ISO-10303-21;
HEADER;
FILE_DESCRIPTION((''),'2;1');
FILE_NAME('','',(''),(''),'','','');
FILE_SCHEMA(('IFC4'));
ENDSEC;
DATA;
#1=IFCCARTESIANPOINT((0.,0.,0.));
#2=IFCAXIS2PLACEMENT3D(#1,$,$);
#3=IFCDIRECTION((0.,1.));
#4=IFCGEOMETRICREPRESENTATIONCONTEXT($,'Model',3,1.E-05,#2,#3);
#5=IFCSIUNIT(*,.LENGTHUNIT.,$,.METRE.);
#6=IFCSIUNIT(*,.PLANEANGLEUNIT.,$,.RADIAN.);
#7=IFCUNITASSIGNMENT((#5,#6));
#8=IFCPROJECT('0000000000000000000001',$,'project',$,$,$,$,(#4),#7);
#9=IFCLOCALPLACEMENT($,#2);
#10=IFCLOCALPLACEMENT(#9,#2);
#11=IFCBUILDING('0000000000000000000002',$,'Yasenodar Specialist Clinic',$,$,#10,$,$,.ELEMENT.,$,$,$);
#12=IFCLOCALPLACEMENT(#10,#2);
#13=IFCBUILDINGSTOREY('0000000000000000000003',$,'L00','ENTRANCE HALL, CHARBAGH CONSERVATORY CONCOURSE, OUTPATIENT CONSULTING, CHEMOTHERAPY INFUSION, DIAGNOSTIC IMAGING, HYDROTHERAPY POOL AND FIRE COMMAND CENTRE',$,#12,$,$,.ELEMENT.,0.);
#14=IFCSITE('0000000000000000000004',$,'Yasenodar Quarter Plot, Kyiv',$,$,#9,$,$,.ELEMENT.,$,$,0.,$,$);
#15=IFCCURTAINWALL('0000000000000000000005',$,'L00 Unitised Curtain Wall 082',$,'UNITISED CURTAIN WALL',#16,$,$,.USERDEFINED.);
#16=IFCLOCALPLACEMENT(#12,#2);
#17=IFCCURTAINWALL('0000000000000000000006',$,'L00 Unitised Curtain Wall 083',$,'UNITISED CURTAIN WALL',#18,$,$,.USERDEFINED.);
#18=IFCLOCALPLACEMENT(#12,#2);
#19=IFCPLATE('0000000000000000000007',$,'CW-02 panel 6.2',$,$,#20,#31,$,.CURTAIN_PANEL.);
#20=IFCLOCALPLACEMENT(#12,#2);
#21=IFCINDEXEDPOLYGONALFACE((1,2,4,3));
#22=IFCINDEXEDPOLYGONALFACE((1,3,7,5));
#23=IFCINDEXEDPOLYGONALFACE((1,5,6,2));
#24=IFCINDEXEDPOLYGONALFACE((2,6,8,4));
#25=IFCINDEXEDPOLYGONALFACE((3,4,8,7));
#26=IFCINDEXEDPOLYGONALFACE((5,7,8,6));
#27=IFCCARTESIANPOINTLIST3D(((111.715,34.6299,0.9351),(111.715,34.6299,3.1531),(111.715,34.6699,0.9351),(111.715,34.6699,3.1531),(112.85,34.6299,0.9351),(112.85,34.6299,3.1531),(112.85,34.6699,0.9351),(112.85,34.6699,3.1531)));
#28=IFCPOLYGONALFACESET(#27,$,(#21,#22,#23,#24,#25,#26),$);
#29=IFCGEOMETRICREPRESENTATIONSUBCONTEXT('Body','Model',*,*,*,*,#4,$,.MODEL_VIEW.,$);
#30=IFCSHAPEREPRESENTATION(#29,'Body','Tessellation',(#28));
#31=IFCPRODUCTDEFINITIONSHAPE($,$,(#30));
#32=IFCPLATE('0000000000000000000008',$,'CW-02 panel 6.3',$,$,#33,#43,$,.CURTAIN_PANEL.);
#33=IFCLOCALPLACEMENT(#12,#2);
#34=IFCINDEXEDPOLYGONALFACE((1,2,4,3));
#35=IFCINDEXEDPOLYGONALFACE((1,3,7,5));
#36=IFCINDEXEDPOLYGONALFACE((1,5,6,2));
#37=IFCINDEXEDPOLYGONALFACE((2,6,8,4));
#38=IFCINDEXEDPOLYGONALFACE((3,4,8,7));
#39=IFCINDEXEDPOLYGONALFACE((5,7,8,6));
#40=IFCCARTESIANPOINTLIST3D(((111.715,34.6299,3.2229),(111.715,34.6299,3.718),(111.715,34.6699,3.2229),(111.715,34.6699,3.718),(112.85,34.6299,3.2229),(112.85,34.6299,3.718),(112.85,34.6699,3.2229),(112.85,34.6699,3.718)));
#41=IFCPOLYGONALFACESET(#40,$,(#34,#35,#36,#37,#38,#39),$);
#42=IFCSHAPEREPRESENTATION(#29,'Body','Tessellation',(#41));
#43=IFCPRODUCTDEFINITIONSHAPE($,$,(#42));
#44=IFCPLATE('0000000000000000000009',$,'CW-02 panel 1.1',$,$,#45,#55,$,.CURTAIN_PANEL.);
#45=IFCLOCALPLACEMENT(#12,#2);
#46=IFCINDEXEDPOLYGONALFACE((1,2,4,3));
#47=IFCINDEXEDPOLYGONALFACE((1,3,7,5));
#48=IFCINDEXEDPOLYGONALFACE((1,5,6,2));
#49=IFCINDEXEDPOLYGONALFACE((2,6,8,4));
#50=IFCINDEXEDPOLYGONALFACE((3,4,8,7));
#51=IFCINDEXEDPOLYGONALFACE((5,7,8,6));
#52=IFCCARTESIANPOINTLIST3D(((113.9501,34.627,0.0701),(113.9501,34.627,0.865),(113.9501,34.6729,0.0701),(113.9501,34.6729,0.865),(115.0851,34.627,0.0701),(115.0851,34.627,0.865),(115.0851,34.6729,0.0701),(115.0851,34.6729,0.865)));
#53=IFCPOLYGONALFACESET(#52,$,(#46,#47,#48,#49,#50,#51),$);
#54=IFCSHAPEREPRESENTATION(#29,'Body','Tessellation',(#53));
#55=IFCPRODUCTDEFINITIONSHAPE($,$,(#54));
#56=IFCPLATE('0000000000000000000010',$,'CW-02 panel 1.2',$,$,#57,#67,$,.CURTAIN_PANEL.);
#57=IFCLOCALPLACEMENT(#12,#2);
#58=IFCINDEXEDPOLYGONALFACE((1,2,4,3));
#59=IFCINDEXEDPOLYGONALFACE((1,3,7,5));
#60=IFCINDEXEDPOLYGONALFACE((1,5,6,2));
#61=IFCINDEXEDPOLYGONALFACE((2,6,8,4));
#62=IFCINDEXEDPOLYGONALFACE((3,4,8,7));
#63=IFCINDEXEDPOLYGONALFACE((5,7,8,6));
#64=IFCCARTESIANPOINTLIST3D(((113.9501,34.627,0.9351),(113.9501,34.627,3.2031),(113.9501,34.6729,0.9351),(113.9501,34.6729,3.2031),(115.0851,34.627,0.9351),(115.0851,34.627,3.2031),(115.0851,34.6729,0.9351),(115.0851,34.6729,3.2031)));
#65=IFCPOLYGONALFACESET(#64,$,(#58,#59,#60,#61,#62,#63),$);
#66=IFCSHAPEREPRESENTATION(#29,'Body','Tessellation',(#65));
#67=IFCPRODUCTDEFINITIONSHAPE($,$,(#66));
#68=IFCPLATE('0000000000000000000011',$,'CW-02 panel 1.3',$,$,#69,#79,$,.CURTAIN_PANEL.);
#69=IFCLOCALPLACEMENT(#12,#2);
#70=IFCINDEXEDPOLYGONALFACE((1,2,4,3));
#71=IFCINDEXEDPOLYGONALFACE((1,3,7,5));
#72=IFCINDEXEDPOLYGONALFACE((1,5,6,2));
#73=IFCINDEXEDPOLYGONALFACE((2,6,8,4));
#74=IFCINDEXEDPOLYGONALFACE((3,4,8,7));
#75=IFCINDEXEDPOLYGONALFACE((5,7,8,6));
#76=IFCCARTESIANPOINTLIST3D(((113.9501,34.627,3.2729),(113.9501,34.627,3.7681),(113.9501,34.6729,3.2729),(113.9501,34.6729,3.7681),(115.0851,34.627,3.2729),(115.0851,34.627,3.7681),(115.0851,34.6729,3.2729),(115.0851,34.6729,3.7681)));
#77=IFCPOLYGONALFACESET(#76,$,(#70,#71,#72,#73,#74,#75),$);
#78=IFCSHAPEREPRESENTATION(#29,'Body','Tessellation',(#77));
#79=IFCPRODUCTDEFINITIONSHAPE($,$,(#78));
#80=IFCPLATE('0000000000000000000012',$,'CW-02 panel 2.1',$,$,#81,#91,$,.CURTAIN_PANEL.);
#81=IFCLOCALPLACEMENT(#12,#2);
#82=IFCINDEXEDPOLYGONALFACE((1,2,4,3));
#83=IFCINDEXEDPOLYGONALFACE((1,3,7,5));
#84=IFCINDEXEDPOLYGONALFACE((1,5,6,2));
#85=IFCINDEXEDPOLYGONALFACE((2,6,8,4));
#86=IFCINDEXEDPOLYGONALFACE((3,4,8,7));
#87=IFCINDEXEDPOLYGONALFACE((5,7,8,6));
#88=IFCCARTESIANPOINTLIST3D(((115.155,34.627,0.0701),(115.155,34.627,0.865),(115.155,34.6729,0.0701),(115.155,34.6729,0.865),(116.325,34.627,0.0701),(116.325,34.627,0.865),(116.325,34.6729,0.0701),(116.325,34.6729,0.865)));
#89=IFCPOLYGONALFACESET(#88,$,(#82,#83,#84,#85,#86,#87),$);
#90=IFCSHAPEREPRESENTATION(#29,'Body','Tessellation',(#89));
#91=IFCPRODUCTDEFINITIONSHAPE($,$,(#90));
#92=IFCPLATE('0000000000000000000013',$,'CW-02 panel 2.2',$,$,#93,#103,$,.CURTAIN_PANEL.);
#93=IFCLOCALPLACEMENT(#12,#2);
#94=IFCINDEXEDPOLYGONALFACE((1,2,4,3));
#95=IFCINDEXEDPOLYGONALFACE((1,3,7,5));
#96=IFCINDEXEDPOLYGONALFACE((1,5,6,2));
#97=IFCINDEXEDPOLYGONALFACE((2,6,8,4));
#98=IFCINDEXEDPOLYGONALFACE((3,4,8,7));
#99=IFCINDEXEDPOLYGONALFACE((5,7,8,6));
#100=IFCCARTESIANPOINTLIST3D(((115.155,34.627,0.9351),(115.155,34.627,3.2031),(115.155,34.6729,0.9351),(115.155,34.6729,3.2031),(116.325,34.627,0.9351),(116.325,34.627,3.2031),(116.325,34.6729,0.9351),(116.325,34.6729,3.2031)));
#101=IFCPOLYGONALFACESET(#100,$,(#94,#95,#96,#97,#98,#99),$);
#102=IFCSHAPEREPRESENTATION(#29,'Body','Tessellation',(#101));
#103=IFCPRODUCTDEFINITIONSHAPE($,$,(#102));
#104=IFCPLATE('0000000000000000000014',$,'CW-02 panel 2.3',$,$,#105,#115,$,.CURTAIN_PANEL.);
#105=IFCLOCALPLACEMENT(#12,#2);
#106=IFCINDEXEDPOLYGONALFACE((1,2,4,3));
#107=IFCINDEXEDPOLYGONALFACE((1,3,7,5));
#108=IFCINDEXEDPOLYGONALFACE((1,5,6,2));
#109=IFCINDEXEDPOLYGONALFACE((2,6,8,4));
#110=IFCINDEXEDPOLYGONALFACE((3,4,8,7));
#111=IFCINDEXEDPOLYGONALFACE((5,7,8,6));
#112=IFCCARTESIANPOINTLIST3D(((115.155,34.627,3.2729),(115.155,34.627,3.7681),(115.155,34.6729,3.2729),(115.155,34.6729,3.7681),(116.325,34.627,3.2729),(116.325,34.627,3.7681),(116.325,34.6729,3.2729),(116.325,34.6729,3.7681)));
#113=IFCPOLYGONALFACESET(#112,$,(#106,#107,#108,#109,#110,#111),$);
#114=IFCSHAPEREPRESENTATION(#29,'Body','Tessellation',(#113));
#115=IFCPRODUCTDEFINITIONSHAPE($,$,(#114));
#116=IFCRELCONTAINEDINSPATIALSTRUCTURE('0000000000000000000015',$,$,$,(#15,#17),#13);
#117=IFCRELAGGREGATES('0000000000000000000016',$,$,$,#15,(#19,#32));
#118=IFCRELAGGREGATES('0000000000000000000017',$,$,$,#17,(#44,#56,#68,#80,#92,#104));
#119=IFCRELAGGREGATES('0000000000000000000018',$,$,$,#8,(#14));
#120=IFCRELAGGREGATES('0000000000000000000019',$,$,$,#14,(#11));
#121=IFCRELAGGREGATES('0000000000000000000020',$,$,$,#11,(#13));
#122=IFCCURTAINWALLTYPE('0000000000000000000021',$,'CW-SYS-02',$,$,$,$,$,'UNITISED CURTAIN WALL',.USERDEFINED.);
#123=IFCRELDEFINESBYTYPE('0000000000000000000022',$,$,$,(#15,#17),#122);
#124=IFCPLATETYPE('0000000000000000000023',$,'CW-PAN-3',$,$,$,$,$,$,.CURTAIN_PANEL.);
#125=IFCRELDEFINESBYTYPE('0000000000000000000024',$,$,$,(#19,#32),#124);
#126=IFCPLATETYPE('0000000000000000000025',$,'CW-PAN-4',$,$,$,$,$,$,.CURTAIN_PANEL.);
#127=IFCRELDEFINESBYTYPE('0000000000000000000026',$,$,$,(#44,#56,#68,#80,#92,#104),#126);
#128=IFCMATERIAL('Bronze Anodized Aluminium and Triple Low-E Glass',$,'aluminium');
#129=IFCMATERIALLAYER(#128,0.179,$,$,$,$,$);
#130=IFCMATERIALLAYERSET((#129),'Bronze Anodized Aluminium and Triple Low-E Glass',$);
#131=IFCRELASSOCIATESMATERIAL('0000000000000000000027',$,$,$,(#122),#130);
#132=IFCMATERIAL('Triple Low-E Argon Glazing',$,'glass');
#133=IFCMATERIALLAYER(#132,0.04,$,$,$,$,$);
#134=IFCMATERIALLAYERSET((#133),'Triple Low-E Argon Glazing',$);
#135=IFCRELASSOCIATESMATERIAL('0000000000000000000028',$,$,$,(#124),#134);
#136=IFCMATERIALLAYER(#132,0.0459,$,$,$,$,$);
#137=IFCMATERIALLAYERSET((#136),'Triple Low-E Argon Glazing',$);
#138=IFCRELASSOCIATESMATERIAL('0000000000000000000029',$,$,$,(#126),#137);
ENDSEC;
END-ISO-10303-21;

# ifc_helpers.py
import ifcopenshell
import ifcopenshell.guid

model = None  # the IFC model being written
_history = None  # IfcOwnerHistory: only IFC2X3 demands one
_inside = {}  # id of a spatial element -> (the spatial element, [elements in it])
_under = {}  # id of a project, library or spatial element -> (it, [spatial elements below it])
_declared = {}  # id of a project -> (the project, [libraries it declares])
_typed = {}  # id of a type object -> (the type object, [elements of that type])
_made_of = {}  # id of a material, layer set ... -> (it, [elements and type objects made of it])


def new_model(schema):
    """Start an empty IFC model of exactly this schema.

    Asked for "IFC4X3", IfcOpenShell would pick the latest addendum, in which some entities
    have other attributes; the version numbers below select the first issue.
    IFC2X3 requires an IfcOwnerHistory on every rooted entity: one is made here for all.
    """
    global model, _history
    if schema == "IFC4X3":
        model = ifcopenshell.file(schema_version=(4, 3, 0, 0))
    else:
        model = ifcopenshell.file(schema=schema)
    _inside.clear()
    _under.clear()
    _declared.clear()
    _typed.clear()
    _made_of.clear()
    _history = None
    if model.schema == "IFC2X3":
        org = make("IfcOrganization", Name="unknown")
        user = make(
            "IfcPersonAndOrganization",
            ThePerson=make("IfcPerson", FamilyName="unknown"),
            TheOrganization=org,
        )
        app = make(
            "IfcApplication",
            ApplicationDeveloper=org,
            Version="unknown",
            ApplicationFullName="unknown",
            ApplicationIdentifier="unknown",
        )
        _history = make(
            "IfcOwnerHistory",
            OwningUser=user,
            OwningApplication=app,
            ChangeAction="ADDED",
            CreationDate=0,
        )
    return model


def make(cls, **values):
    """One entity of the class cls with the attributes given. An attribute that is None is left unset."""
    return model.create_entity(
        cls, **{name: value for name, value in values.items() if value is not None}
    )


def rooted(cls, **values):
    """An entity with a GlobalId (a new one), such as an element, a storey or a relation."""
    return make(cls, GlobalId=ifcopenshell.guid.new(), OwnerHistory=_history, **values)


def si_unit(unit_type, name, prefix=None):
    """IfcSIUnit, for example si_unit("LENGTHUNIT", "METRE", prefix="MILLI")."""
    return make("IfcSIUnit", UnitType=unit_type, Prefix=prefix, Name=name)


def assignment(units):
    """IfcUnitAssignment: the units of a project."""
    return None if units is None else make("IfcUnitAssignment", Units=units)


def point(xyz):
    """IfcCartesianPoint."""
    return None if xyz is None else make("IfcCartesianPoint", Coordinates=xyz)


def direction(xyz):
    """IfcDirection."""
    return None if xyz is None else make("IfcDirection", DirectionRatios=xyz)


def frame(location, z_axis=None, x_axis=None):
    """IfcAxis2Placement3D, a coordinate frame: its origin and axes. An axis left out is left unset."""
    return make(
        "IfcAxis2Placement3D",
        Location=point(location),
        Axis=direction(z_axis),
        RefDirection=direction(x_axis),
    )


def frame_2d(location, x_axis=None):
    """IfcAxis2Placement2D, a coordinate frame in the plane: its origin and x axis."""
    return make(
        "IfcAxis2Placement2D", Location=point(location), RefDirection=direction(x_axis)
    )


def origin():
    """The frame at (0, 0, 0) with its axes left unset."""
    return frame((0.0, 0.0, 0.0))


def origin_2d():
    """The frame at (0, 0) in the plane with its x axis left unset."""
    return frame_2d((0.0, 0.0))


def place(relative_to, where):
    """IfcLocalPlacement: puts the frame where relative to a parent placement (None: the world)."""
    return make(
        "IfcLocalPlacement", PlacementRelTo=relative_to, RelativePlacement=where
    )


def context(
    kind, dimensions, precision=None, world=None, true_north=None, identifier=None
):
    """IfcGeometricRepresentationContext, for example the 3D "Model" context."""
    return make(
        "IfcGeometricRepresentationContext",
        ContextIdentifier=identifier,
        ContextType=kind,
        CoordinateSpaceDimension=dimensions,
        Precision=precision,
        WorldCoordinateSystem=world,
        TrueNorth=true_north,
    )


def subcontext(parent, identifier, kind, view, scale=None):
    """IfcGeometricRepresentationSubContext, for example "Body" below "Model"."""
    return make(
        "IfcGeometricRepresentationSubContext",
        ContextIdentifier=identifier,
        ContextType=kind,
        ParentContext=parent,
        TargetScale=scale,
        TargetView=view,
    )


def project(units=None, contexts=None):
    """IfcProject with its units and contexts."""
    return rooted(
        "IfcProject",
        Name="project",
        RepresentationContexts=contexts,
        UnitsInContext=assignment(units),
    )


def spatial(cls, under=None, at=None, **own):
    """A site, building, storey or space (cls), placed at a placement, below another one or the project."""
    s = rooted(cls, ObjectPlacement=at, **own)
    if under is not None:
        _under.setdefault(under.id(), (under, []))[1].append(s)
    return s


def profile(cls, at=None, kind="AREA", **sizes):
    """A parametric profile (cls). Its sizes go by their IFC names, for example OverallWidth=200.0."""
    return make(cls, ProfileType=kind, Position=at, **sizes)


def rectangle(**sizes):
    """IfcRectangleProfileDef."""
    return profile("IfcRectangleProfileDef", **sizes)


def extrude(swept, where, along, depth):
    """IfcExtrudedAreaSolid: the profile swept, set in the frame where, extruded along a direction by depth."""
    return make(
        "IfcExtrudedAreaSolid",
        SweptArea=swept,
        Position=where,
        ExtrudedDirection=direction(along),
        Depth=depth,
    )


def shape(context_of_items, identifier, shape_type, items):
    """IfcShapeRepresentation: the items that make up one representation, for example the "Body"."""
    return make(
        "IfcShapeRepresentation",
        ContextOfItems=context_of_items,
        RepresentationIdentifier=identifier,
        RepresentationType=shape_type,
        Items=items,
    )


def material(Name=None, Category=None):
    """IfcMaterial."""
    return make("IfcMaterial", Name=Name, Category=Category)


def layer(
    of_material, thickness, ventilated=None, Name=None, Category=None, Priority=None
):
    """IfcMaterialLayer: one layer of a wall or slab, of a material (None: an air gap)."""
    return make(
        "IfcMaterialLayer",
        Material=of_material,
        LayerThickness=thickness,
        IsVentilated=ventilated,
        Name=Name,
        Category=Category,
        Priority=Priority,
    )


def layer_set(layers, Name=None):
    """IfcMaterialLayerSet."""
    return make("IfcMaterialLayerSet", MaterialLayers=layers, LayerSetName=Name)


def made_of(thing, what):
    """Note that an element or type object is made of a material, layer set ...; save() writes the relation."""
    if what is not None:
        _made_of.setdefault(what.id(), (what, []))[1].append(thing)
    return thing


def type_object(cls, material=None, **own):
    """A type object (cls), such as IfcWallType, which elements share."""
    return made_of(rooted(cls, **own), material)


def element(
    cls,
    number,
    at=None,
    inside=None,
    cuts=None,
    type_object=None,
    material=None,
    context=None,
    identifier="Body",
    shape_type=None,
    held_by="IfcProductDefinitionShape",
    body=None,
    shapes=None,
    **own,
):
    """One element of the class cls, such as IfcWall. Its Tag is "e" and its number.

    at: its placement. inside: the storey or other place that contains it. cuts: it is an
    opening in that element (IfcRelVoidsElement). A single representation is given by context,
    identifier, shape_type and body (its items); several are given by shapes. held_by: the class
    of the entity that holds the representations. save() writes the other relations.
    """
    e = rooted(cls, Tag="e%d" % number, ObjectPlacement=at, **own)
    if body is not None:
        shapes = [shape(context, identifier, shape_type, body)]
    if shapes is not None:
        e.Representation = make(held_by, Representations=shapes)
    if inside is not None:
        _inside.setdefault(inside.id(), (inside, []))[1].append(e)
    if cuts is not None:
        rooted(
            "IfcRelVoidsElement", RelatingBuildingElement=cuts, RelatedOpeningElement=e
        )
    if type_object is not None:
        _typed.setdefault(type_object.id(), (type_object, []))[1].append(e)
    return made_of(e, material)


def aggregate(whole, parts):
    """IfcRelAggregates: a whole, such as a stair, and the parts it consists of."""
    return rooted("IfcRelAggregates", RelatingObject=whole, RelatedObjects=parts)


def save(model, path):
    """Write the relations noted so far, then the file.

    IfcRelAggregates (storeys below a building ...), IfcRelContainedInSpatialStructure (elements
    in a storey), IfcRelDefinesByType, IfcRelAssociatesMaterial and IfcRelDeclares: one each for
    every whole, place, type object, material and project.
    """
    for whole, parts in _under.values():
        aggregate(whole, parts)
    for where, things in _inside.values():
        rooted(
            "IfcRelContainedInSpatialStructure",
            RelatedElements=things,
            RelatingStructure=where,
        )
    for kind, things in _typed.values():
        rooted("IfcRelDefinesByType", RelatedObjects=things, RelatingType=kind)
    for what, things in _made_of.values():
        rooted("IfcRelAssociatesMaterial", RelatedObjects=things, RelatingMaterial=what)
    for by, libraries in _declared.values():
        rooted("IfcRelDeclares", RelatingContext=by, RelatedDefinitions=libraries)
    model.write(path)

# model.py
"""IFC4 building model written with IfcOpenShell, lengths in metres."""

from ifc_helpers import new_model, si_unit, direction, frame, origin, origin_2d, place, context, subcontext, project, spatial, rectangle, extrude, material, layer, layer_set, type_object, element, aggregate, save


model = new_model("IFC4")

# Units and contexts
model_context = context("Model", 3, precision=1e-05, world=origin(), true_north=direction((0.0, 1.0)))
body_context = subcontext(model_context, "Body", "Model", "MODEL_VIEW")
ifc_project = project(units=[si_unit("LENGTHUNIT", "METRE"), si_unit("PLANEANGLEUNIT", "RADIAN")], contexts=[model_context])

# Site, building, storey
site_placement = place(None, origin())
site = spatial("IfcSite", under=ifc_project, at=site_placement, Name="Yasenodar Quarter Plot, Kyiv", CompositionType="ELEMENT", RefElevation=0.0)
building_placement = place(site_placement, origin())
building = spatial("IfcBuilding", under=site, at=building_placement, Name="Yasenodar Specialist Clinic", CompositionType="ELEMENT")
storey_placement = place(building_placement, origin())
storey = spatial("IfcBuildingStorey", under=building, at=storey_placement, Name="L00", Description="ENTRANCE HALL, CHARBAGH CONSERVATORY CONCOURSE, OUTPATIENT CONSULTING, CHEMOTHERAPY INFUSION, DIAGNOSTIC IMAGING, HYDROTHERAPY POOL AND FIRE COMMAND CENTRE", CompositionType="ELEMENT", Elevation=0.0)

# Curtain wall
ifc_material_1 = material(Name="Bronze Anodized Aluminium and Triple Low-E Glass", Category="aluminium")
ifc_layer_1 = layer(ifc_material_1, 0.179)
ifc_layer_set_1 = layer_set([ifc_layer_1], Name="Bronze Anodized Aluminium and Triple Low-E Glass")
curtain_wall_type = type_object("IfcCurtainWallType", Name="CW-SYS-02", ElementType="UNITISED CURTAIN WALL", PredefinedType="USERDEFINED", material=ifc_layer_set_1)
curtain_wall_1_placement = place(storey_placement, origin())
curtain_wall_1 = element("IfcCurtainWall", 1, at=curtain_wall_1_placement, inside=storey, type_object=curtain_wall_type, Name="L00 Unitised Curtain Wall 082", ObjectType="UNITISED CURTAIN WALL", PredefinedType="USERDEFINED")

# Curtain wall
curtain_wall_2_placement = place(storey_placement, origin())
curtain_wall_2 = element("IfcCurtainWall", 2, at=curtain_wall_2_placement, inside=storey, type_object=curtain_wall_type, Name="L00 Unitised Curtain Wall 083", ObjectType="UNITISED CURTAIN WALL", PredefinedType="USERDEFINED")

# Plates
ifc_material_2 = material(Name="Triple Low-E Argon Glazing", Category="glass")
ifc_layer_2 = layer(ifc_material_2, 0.04)
ifc_layer_set_2 = layer_set([ifc_layer_2], Name="Triple Low-E Argon Glazing")
plate_type_1 = type_object("IfcPlateType", Name="CW-PAN-3", PredefinedType="CURTAIN_PANEL", material=ifc_layer_set_2)
plate_1_placement = place(storey_placement, frame((112.2825, 34.6499, 0.9351), z_axis=(0.0, 0.0, 1.0), x_axis=(1.0, 0.0, 0.0)))
plate_1 = element("IfcPlate", 3, at=plate_1_placement, type_object=plate_type_1, Name="CW-02 panel 6.2", PredefinedType="CURTAIN_PANEL", context=body_context, shape_type="SweptSolid", body=[
    extrude(rectangle(XDim=1.135, YDim=0.04, at=origin_2d()), origin(), (0.0, 0.0, 1.0), 2.218),
])
plate_2_placement = place(storey_placement, frame((112.2825, 34.6499, 3.2229), z_axis=(0.0, 0.0, 1.0), x_axis=(1.0, 0.0, 0.0)))
plate_2 = element("IfcPlate", 4, at=plate_2_placement, type_object=plate_type_1, Name="CW-02 panel 6.3", PredefinedType="CURTAIN_PANEL", context=body_context, shape_type="SweptSolid", body=[
    extrude(rectangle(XDim=1.135, YDim=0.04, at=origin_2d()), origin(), (0.0, 0.0, 1.0), 0.4951),
])
aggregate(curtain_wall_1, [plate_1, plate_2])
ifc_layer_3 = layer(ifc_material_2, 0.0459)
ifc_layer_set_3 = layer_set([ifc_layer_3], Name="Triple Low-E Argon Glazing")
plate_type_2 = type_object("IfcPlateType", Name="CW-PAN-4", PredefinedType="CURTAIN_PANEL", material=ifc_layer_set_3)
plate_3_placement = place(storey_placement, frame((114.5176, 34.6499, 0.0701), z_axis=(0.0, 0.0, 1.0), x_axis=(1.0, 0.0, 0.0)))
plate_3 = element("IfcPlate", 5, at=plate_3_placement, type_object=plate_type_2, Name="CW-02 panel 1.1", PredefinedType="CURTAIN_PANEL", context=body_context, shape_type="SweptSolid", body=[
    extrude(rectangle(XDim=1.135, YDim=0.0459, at=origin_2d()), origin(), (0.0, 0.0, 1.0), 0.7949),
])
plate_4_placement = place(storey_placement, frame((114.5176, 34.6499, 0.9351), z_axis=(0.0, 0.0, 1.0), x_axis=(1.0, 0.0, 0.0)))
plate_4 = element("IfcPlate", 6, at=plate_4_placement, type_object=plate_type_2, Name="CW-02 panel 1.2", PredefinedType="CURTAIN_PANEL", context=body_context, shape_type="SweptSolid", body=[
    extrude(rectangle(XDim=1.135, YDim=0.0459, at=origin_2d()), origin(), (0.0, 0.0, 1.0), 2.2681),
])
plate_5_placement = place(storey_placement, frame((114.5176, 34.6499, 3.2729), z_axis=(0.0, 0.0, 1.0), x_axis=(1.0, 0.0, 0.0)))
plate_5 = element("IfcPlate", 7, at=plate_5_placement, type_object=plate_type_2, Name="CW-02 panel 1.3", PredefinedType="CURTAIN_PANEL", context=body_context, shape_type="SweptSolid", body=[
    extrude(rectangle(XDim=1.135, YDim=0.0459, at=origin_2d()), origin(), (0.0, 0.0, 1.0), 0.4951),
])
plate_6_placement = place(storey_placement, frame((115.74, 34.6499, 0.0701), z_axis=(0.0, 0.0, 1.0), x_axis=(1.0, 0.0, 0.0)))
plate_6 = element("IfcPlate", 8, at=plate_6_placement, type_object=plate_type_2, Name="CW-02 panel 2.1", PredefinedType="CURTAIN_PANEL", context=body_context, shape_type="SweptSolid", body=[
    extrude(rectangle(XDim=1.1699, YDim=0.0459, at=origin_2d()), origin(), (0.0, 0.0, 1.0), 0.7949),
])
plate_7_placement = place(storey_placement, frame((115.74, 34.6499, 0.9351), z_axis=(0.0, 0.0, 1.0), x_axis=(1.0, 0.0, 0.0)))
plate_7 = element("IfcPlate", 9, at=plate_7_placement, type_object=plate_type_2, Name="CW-02 panel 2.2", PredefinedType="CURTAIN_PANEL", context=body_context, shape_type="SweptSolid", body=[
    extrude(rectangle(XDim=1.1699, YDim=0.0459, at=origin_2d()), origin(), (0.0, 0.0, 1.0), 2.2681),
])
plate_8_placement = place(storey_placement, frame((115.74, 34.6499, 3.2729), z_axis=(0.0, 0.0, 1.0), x_axis=(1.0, 0.0, 0.0)))
plate_8 = element("IfcPlate", 10, at=plate_8_placement, type_object=plate_type_2, Name="CW-02 panel 2.3", PredefinedType="CURTAIN_PANEL", context=body_context, shape_type="SweptSolid", body=[
    extrude(rectangle(XDim=1.1699, YDim=0.0459, at=origin_2d()), origin(), (0.0, 0.0, 1.0), 0.4951),
])
aggregate(curtain_wall_2, [plate_3, plate_4, plate_5, plate_6, plate_7, plate_8])

save(model, "model.ifc")
